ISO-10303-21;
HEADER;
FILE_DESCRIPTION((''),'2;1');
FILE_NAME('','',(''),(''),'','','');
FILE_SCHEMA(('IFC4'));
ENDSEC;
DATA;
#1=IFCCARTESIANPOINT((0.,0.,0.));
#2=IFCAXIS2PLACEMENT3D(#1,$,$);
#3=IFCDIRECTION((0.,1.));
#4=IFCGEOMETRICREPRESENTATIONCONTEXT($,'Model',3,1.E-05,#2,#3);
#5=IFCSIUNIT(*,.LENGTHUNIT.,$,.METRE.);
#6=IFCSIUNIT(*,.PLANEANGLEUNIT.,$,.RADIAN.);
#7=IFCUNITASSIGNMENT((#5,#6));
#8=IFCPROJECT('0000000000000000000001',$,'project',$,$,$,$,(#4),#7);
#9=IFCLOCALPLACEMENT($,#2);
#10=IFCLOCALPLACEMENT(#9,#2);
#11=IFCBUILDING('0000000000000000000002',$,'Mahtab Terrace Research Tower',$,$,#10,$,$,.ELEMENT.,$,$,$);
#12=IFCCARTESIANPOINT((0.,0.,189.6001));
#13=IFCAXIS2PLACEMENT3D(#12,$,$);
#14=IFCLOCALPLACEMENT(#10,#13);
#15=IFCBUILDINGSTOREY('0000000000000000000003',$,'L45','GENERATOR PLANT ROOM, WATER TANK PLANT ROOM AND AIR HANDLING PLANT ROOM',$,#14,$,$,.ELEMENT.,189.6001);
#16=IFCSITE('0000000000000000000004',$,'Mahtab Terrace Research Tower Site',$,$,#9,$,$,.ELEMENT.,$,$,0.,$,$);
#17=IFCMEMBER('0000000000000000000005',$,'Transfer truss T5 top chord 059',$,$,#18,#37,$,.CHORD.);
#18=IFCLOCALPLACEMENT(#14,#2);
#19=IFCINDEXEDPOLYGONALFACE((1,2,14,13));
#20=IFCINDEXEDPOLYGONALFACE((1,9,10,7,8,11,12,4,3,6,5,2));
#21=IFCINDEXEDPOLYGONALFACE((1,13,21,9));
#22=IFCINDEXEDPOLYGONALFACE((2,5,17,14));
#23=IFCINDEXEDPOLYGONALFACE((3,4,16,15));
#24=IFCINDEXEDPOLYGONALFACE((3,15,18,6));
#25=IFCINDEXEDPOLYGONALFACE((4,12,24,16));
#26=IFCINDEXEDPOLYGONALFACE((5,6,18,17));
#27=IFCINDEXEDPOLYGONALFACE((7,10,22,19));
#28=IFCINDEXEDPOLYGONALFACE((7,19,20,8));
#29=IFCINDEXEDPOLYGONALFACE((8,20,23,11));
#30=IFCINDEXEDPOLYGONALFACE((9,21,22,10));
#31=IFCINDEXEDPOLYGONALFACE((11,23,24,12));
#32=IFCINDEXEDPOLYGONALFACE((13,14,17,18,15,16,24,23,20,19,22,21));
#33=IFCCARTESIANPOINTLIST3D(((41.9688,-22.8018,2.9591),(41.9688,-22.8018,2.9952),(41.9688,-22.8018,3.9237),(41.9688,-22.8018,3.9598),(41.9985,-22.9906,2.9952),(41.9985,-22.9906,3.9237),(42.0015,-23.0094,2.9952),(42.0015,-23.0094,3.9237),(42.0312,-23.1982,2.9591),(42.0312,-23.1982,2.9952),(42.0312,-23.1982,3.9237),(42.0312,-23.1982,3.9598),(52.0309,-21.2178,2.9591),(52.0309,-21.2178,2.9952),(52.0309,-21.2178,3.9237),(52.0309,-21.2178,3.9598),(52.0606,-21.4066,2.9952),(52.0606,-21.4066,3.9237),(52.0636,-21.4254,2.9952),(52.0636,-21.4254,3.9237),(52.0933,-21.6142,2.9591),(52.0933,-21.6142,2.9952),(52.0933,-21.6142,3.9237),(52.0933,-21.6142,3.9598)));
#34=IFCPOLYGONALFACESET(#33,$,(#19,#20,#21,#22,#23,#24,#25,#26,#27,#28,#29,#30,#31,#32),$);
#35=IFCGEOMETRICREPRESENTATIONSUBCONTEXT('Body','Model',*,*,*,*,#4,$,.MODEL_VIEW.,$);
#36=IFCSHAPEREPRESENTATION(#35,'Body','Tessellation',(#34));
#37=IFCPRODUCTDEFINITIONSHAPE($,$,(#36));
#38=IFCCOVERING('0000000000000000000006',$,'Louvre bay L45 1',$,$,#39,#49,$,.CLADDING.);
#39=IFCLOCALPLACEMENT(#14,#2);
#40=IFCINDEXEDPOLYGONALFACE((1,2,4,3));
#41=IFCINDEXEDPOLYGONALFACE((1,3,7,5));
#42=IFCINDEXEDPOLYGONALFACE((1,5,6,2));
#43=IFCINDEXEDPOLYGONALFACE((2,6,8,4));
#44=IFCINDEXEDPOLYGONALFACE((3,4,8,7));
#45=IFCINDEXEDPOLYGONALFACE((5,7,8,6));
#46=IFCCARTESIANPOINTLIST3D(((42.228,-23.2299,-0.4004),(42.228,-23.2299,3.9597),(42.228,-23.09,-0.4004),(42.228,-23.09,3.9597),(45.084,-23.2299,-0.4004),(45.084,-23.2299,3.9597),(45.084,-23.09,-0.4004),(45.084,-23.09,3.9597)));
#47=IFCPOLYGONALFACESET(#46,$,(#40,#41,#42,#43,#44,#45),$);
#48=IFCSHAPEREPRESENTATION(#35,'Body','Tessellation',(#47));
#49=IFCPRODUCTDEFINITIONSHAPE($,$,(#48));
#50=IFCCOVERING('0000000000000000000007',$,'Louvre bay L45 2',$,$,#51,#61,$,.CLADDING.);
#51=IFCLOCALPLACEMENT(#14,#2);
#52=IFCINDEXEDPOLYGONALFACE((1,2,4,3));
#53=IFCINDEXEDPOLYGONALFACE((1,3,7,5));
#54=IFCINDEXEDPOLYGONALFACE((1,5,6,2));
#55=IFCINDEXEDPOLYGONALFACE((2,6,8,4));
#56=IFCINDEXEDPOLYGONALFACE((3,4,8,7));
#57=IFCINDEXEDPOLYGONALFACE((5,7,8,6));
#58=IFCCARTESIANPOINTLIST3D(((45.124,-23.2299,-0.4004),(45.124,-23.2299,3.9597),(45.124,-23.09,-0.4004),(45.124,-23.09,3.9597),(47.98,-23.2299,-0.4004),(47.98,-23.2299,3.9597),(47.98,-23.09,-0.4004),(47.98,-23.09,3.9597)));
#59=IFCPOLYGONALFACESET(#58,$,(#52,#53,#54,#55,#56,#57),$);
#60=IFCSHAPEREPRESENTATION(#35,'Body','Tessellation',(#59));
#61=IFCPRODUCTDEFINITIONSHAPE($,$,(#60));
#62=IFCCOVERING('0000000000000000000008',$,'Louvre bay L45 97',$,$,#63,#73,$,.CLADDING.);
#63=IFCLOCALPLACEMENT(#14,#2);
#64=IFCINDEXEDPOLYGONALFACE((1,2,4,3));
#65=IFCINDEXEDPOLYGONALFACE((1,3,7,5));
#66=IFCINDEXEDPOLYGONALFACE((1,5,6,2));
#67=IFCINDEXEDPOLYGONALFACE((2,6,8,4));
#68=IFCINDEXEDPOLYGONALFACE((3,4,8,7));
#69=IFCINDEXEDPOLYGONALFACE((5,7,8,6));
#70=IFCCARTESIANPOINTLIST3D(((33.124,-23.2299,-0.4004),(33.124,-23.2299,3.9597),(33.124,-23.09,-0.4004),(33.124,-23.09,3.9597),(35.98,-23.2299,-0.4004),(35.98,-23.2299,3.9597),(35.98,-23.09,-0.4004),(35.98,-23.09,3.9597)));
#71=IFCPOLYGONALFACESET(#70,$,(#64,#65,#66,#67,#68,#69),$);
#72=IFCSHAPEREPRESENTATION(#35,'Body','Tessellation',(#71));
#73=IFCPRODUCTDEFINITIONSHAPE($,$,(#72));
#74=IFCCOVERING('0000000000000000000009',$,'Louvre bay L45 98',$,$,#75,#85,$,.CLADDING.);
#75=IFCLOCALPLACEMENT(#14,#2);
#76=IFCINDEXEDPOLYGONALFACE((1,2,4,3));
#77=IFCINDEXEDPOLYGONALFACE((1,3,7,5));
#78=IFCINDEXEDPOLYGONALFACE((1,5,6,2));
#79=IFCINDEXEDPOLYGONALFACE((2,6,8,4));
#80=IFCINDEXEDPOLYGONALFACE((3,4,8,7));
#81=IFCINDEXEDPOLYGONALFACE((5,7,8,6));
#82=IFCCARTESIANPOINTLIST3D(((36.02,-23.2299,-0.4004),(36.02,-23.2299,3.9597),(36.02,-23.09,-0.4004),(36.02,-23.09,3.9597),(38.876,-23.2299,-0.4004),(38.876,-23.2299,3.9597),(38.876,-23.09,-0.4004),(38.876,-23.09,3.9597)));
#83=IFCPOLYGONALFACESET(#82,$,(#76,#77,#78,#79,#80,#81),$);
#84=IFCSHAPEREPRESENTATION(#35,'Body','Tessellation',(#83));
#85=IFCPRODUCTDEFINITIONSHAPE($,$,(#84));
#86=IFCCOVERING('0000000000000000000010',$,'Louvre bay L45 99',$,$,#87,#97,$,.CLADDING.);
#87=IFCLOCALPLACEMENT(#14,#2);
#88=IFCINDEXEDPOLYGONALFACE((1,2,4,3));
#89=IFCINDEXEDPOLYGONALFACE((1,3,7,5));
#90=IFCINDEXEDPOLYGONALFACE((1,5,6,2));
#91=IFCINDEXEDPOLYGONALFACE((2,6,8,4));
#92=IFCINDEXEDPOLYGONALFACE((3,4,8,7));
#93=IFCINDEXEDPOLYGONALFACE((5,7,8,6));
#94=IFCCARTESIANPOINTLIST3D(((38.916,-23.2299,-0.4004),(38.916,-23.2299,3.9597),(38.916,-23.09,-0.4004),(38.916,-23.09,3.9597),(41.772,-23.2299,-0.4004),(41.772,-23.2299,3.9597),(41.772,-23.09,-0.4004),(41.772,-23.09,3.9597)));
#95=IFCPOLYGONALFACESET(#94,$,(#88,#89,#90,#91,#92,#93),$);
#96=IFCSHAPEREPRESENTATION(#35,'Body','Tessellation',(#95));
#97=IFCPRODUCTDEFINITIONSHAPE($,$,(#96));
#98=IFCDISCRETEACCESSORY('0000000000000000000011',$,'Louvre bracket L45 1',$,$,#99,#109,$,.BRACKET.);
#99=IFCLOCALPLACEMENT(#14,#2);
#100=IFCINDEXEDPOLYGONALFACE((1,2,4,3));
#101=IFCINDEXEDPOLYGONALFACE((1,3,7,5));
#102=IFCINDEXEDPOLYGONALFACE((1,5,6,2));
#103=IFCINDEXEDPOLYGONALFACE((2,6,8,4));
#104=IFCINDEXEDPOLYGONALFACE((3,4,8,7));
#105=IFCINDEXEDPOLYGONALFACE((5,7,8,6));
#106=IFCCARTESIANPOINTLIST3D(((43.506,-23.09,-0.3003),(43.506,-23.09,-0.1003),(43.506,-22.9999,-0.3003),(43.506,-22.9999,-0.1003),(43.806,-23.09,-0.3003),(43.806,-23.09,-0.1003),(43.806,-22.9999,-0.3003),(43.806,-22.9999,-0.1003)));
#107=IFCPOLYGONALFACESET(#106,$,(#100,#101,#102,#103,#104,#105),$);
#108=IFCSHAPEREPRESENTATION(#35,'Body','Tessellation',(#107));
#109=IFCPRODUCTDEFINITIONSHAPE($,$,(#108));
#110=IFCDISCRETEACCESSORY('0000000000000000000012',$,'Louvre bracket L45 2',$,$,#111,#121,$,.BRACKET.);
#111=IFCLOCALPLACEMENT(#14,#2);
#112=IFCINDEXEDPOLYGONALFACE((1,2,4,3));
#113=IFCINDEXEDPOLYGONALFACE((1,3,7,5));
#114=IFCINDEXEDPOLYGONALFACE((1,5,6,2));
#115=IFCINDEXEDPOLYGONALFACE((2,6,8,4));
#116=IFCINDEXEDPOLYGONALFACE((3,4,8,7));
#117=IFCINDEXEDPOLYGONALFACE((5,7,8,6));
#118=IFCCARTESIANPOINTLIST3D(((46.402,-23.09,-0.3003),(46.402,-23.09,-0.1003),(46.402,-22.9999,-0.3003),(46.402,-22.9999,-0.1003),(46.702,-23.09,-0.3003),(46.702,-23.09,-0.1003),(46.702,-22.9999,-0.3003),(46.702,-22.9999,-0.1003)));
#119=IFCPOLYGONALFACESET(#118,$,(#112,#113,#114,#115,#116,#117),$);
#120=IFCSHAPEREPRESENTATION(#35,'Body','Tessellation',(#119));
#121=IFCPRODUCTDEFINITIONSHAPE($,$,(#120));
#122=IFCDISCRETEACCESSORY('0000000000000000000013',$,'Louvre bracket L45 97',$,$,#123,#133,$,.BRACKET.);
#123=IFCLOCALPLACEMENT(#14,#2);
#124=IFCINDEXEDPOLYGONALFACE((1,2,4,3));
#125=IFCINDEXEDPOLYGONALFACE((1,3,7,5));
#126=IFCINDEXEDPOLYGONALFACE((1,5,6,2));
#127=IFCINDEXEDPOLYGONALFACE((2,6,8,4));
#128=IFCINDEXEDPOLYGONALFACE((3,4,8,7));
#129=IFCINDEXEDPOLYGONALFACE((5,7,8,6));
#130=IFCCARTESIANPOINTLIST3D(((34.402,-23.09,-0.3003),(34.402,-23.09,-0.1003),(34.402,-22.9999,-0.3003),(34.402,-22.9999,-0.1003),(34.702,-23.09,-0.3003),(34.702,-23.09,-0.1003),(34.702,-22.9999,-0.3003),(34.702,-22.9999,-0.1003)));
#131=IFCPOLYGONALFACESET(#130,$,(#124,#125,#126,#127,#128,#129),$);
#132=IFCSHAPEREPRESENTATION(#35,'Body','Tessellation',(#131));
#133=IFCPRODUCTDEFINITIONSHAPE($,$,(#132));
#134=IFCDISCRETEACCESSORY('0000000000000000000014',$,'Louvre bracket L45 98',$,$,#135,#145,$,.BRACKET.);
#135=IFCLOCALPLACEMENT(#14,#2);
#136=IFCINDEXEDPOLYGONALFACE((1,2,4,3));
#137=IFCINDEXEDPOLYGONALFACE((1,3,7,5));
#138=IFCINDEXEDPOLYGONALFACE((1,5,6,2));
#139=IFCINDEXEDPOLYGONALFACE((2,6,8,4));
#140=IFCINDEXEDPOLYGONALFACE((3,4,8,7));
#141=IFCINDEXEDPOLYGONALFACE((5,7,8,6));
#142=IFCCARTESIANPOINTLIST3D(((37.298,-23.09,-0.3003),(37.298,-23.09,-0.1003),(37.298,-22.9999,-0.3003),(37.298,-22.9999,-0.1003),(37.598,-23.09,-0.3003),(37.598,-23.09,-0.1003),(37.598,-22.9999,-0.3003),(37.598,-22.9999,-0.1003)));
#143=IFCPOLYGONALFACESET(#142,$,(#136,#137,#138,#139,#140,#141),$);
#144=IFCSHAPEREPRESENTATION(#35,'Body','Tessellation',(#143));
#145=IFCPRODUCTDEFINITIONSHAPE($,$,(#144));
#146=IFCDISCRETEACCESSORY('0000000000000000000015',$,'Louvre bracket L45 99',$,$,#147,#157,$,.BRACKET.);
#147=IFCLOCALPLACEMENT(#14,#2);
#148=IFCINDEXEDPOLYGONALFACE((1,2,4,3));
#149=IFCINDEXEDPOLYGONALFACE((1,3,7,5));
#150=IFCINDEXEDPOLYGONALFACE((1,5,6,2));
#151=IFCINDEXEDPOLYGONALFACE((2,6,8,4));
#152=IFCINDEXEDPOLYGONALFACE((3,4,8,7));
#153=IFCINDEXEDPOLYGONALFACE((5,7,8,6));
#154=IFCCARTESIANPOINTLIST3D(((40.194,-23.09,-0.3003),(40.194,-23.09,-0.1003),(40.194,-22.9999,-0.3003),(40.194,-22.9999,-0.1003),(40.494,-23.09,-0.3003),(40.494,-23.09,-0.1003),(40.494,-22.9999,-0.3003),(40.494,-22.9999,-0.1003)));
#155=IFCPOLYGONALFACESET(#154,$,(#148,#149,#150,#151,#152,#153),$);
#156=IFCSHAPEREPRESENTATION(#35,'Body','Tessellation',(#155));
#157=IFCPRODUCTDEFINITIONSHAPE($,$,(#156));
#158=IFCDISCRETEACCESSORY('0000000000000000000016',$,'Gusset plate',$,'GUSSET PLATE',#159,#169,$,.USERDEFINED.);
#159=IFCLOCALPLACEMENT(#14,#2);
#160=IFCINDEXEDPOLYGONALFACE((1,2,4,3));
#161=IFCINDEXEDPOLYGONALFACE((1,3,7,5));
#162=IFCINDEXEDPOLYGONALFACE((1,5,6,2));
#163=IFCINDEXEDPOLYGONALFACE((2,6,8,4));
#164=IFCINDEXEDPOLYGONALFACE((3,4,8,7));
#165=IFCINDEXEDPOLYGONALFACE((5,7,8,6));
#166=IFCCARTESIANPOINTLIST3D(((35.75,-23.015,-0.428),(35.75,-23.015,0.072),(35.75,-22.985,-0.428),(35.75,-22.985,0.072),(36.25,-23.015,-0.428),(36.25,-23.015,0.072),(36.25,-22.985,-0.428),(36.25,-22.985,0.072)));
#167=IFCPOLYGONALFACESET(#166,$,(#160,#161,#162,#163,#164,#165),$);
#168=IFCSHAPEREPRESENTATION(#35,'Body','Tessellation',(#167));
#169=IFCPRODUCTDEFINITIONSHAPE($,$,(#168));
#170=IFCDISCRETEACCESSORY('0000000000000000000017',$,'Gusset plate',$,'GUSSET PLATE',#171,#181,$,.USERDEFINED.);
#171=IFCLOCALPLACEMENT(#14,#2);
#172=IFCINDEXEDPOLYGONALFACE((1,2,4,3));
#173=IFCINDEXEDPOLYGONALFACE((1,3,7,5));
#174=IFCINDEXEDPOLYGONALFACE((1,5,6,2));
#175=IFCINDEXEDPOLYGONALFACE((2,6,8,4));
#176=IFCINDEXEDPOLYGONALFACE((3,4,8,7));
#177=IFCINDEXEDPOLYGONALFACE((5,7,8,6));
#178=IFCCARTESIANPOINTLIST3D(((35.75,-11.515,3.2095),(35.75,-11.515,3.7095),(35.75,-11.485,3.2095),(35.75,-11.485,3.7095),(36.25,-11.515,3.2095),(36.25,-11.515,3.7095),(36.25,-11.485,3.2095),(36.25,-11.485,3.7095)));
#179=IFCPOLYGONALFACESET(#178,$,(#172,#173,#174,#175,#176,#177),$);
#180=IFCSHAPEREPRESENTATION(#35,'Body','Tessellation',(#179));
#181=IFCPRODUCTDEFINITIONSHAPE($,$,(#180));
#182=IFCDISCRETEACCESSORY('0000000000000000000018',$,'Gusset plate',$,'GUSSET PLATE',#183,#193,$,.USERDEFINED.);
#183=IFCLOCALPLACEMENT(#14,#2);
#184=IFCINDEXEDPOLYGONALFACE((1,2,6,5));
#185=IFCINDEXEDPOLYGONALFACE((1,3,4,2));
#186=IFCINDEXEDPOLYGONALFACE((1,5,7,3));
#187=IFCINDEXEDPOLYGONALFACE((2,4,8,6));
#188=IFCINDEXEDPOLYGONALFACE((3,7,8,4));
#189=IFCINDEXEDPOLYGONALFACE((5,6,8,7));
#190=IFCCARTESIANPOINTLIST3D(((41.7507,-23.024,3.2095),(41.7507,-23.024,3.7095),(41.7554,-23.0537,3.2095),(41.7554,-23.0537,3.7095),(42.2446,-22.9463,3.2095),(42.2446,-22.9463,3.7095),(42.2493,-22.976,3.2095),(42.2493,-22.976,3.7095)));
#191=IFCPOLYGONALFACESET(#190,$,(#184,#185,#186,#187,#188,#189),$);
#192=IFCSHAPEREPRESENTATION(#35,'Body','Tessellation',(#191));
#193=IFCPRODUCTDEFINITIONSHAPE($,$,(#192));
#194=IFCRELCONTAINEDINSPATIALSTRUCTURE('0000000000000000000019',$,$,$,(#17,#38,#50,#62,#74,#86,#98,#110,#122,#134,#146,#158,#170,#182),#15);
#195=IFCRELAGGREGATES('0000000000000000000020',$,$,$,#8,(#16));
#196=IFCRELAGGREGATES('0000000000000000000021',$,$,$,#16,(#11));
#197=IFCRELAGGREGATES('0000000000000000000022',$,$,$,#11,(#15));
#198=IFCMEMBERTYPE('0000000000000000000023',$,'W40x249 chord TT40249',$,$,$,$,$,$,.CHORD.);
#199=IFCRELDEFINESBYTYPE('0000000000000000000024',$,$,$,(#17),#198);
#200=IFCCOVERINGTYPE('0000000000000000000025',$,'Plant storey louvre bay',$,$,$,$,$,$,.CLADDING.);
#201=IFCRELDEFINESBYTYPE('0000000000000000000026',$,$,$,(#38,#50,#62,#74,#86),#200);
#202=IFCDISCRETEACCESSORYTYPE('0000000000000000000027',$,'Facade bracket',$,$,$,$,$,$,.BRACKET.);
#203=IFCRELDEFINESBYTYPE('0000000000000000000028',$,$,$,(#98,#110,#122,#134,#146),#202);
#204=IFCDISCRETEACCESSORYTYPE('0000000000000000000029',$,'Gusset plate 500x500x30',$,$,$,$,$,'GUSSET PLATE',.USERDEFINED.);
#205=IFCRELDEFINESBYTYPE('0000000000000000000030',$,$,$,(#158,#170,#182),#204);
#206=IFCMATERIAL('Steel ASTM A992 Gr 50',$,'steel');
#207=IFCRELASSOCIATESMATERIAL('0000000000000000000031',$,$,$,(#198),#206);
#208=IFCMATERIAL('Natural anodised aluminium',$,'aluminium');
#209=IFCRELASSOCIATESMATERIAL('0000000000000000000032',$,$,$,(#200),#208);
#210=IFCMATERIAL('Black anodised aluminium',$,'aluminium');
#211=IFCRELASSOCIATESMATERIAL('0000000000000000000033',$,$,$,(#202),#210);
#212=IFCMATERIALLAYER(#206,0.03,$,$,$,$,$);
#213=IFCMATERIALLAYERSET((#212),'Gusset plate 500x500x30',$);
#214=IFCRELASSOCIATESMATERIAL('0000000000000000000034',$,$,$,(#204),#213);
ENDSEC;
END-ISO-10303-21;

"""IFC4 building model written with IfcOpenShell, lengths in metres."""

from ifc_helpers import new_model, si_unit, direction, frame, origin, origin_2d, place, context, subcontext, project, spatial, rectangle, i_section, extrude, material, layer, layer_set, material_profile, profile_set, type_object, element, save


model = new_model("IFC4")

# Units and contexts
model_context = context("Model", 3, precision=1e-05, world=origin(), true_north=direction((0.0, 1.0)))
body_context = subcontext(model_context, "Body", "Model", "MODEL_VIEW")
ifc_project = project(units=[si_unit("LENGTHUNIT", "METRE"), si_unit("PLANEANGLEUNIT", "RADIAN")], contexts=[model_context])

# Site, building, storey
site_placement = place(None, origin())
site = spatial("IfcSite", under=ifc_project, at=site_placement, Name="Mahtab Terrace Research Tower Site", CompositionType="ELEMENT", RefElevation=0.0)
building_placement = place(site_placement, origin())
building = spatial("IfcBuilding", under=site, at=building_placement, Name="Mahtab Terrace Research Tower", CompositionType="ELEMENT")
storey_placement = place(building_placement, frame((0.0, 0.0, 189.6001)))
storey = spatial("IfcBuildingStorey", under=building, at=storey_placement, Name="L45", Description="GENERATOR PLANT ROOM, WATER TANK PLANT ROOM AND AIR HANDLING PLANT ROOM", CompositionType="ELEMENT", Elevation=189.6001)

# Shared definitions
ifc_material_1 = material(Name="Steel ASTM A992 Gr 50", Category="steel")

# Member
ifc_material_profile_1 = material_profile(ifc_material_1, i_section(OverallWidth=0.4014, OverallDepth=1.0007, WebThickness=0.019, FlangeThickness=0.0361, at=origin_2d()), Name="W40X249")
ifc_profile_set_1 = profile_set([ifc_material_profile_1], Name="Steel ASTM A992 Gr 50")
member_type_1 = type_object("IfcMemberType", Name="W40x249 chord TT40249", PredefinedType="CHORD", material=ifc_profile_set_1)
member_1_placement = place(storey_placement, frame((42.0, -23.0, 3.4595), z_axis=(0.987835, 0.155507, 0.0), x_axis=(-0.155507, 0.987835, 0.0)))
element("IfcMember", 1, at=member_1_placement, inside=storey, type_object=member_type_1, Name="Transfer truss T5 top chord 059", PredefinedType="CHORD", context=body_context, shape_type="SweptSolid", body=[
    extrude(i_section(OverallWidth=0.4014, OverallDepth=1.0007, WebThickness=0.019, FlangeThickness=0.0361, at=origin_2d()), origin(), (0.0, 0.0, 1.0), 10.186),
])

# Coverings
ifc_material_2 = material(Name="Natural anodised aluminium", Category="aluminium")
covering_type = type_object("IfcCoveringType", Name="Plant storey louvre bay", PredefinedType="CLADDING", material=ifc_material_2)
for number, where, z_axis, x_axis, name in (
    (2, (43.656, -23.1599, -0.4004), (0.0, 0.0, 1.0), (1.0, 0.0, 0.0), "Louvre bay L45 1"),
    (3, (46.552, -23.1599, -0.4004), (0.0, 0.0, 1.0), (1.0, 0.0, 0.0), "Louvre bay L45 2"),
    (4, (34.552, -23.1599, -0.4004), (0.0, 0.0, 1.0), (1.0, 0.0, 0.0), "Louvre bay L45 97"),
    (5, (37.448, -23.1599, -0.4004), (0.0, 0.0, 1.0), (1.0, 0.0, 0.0), "Louvre bay L45 98"),
    (6, (40.344, -23.1599, -0.4004), (0.0, 0.0, 1.0), (1.0, 0.0, 0.0), "Louvre bay L45 99"),
):
    element("IfcCovering", number, at=place(storey_placement, frame(where, z_axis=z_axis, x_axis=x_axis)), inside=storey, type_object=covering_type, Name=name, PredefinedType="CLADDING", context=body_context, shape_type="SweptSolid", body=[
        extrude(rectangle(XDim=2.856, YDim=0.1399, at=origin_2d()), origin(), (0.0, 0.0, 1.0), 4.3601),
    ])

# Discrete accessories
ifc_material_3 = material(Name="Black anodised aluminium", Category="aluminium")
discrete_accessory_type_1 = type_object("IfcDiscreteAccessoryType", Name="Facade bracket", PredefinedType="BRACKET", material=ifc_material_3)
for number, where, z_axis, x_axis, name in (
    (7, (43.656, -23.0449, -0.3003), (0.0, 0.0, 1.0), (1.0, 0.0, 0.0), "Louvre bracket L45 1"),
    (8, (46.552, -23.0449, -0.3003), (0.0, 0.0, 1.0), (1.0, 0.0, 0.0), "Louvre bracket L45 2"),
    (9, (34.552, -23.0449, -0.3003), (0.0, 0.0, 1.0), (1.0, 0.0, 0.0), "Louvre bracket L45 97"),
    (10, (37.448, -23.0449, -0.3003), (0.0, 0.0, 1.0), (1.0, 0.0, 0.0), "Louvre bracket L45 98"),
    (11, (40.344, -23.0449, -0.3003), (0.0, 0.0, 1.0), (1.0, 0.0, 0.0), "Louvre bracket L45 99"),
):
    element("IfcDiscreteAccessory", number, at=place(storey_placement, frame(where, z_axis=z_axis, x_axis=x_axis)), inside=storey, type_object=discrete_accessory_type_1, Name=name, PredefinedType="BRACKET", context=body_context, shape_type="SweptSolid", body=[
        extrude(rectangle(XDim=0.3, YDim=0.0901, at=origin_2d()), origin(), (0.0, 0.0, 1.0), 0.2),
    ])
ifc_layer = layer(ifc_material_1, 0.03)
ifc_layer_set = layer_set([ifc_layer], Name="Gusset plate 500x500x30")
discrete_accessory_type_2 = type_object("IfcDiscreteAccessoryType", Name="Gusset plate 500x500x30", ElementType="GUSSET PLATE", PredefinedType="USERDEFINED", material=ifc_layer_set)
for number, where, z_axis, x_axis, name in (
    (12, (36.0, -23.0, -0.428), (0.0, 0.0, 1.0), (1.0, 0.0, 0.0), "Gusset plate"),
    (13, (36.0, -11.5, 3.2095), (0.0, 0.0, 1.0), (1.0, 0.0, 0.0), "Gusset plate"),
    (14, (42.0, -23.0, 3.2095), (0.0, 0.0, 1.0), (0.987835, 0.155504, 0.0), "Gusset plate"),
):
    element("IfcDiscreteAccessory", number, at=place(storey_placement, frame(where, z_axis=z_axis, x_axis=x_axis)), inside=storey, type_object=discrete_accessory_type_2, Name=name, ObjectType="GUSSET PLATE", PredefinedType="USERDEFINED", context=body_context, shape_type="SweptSolid", body=[
        extrude(rectangle(XDim=0.5, YDim=0.03, at=origin_2d()), origin(), (0.0, 0.0, 1.0), 0.5),
    ])

save(model, "model.ifc")
